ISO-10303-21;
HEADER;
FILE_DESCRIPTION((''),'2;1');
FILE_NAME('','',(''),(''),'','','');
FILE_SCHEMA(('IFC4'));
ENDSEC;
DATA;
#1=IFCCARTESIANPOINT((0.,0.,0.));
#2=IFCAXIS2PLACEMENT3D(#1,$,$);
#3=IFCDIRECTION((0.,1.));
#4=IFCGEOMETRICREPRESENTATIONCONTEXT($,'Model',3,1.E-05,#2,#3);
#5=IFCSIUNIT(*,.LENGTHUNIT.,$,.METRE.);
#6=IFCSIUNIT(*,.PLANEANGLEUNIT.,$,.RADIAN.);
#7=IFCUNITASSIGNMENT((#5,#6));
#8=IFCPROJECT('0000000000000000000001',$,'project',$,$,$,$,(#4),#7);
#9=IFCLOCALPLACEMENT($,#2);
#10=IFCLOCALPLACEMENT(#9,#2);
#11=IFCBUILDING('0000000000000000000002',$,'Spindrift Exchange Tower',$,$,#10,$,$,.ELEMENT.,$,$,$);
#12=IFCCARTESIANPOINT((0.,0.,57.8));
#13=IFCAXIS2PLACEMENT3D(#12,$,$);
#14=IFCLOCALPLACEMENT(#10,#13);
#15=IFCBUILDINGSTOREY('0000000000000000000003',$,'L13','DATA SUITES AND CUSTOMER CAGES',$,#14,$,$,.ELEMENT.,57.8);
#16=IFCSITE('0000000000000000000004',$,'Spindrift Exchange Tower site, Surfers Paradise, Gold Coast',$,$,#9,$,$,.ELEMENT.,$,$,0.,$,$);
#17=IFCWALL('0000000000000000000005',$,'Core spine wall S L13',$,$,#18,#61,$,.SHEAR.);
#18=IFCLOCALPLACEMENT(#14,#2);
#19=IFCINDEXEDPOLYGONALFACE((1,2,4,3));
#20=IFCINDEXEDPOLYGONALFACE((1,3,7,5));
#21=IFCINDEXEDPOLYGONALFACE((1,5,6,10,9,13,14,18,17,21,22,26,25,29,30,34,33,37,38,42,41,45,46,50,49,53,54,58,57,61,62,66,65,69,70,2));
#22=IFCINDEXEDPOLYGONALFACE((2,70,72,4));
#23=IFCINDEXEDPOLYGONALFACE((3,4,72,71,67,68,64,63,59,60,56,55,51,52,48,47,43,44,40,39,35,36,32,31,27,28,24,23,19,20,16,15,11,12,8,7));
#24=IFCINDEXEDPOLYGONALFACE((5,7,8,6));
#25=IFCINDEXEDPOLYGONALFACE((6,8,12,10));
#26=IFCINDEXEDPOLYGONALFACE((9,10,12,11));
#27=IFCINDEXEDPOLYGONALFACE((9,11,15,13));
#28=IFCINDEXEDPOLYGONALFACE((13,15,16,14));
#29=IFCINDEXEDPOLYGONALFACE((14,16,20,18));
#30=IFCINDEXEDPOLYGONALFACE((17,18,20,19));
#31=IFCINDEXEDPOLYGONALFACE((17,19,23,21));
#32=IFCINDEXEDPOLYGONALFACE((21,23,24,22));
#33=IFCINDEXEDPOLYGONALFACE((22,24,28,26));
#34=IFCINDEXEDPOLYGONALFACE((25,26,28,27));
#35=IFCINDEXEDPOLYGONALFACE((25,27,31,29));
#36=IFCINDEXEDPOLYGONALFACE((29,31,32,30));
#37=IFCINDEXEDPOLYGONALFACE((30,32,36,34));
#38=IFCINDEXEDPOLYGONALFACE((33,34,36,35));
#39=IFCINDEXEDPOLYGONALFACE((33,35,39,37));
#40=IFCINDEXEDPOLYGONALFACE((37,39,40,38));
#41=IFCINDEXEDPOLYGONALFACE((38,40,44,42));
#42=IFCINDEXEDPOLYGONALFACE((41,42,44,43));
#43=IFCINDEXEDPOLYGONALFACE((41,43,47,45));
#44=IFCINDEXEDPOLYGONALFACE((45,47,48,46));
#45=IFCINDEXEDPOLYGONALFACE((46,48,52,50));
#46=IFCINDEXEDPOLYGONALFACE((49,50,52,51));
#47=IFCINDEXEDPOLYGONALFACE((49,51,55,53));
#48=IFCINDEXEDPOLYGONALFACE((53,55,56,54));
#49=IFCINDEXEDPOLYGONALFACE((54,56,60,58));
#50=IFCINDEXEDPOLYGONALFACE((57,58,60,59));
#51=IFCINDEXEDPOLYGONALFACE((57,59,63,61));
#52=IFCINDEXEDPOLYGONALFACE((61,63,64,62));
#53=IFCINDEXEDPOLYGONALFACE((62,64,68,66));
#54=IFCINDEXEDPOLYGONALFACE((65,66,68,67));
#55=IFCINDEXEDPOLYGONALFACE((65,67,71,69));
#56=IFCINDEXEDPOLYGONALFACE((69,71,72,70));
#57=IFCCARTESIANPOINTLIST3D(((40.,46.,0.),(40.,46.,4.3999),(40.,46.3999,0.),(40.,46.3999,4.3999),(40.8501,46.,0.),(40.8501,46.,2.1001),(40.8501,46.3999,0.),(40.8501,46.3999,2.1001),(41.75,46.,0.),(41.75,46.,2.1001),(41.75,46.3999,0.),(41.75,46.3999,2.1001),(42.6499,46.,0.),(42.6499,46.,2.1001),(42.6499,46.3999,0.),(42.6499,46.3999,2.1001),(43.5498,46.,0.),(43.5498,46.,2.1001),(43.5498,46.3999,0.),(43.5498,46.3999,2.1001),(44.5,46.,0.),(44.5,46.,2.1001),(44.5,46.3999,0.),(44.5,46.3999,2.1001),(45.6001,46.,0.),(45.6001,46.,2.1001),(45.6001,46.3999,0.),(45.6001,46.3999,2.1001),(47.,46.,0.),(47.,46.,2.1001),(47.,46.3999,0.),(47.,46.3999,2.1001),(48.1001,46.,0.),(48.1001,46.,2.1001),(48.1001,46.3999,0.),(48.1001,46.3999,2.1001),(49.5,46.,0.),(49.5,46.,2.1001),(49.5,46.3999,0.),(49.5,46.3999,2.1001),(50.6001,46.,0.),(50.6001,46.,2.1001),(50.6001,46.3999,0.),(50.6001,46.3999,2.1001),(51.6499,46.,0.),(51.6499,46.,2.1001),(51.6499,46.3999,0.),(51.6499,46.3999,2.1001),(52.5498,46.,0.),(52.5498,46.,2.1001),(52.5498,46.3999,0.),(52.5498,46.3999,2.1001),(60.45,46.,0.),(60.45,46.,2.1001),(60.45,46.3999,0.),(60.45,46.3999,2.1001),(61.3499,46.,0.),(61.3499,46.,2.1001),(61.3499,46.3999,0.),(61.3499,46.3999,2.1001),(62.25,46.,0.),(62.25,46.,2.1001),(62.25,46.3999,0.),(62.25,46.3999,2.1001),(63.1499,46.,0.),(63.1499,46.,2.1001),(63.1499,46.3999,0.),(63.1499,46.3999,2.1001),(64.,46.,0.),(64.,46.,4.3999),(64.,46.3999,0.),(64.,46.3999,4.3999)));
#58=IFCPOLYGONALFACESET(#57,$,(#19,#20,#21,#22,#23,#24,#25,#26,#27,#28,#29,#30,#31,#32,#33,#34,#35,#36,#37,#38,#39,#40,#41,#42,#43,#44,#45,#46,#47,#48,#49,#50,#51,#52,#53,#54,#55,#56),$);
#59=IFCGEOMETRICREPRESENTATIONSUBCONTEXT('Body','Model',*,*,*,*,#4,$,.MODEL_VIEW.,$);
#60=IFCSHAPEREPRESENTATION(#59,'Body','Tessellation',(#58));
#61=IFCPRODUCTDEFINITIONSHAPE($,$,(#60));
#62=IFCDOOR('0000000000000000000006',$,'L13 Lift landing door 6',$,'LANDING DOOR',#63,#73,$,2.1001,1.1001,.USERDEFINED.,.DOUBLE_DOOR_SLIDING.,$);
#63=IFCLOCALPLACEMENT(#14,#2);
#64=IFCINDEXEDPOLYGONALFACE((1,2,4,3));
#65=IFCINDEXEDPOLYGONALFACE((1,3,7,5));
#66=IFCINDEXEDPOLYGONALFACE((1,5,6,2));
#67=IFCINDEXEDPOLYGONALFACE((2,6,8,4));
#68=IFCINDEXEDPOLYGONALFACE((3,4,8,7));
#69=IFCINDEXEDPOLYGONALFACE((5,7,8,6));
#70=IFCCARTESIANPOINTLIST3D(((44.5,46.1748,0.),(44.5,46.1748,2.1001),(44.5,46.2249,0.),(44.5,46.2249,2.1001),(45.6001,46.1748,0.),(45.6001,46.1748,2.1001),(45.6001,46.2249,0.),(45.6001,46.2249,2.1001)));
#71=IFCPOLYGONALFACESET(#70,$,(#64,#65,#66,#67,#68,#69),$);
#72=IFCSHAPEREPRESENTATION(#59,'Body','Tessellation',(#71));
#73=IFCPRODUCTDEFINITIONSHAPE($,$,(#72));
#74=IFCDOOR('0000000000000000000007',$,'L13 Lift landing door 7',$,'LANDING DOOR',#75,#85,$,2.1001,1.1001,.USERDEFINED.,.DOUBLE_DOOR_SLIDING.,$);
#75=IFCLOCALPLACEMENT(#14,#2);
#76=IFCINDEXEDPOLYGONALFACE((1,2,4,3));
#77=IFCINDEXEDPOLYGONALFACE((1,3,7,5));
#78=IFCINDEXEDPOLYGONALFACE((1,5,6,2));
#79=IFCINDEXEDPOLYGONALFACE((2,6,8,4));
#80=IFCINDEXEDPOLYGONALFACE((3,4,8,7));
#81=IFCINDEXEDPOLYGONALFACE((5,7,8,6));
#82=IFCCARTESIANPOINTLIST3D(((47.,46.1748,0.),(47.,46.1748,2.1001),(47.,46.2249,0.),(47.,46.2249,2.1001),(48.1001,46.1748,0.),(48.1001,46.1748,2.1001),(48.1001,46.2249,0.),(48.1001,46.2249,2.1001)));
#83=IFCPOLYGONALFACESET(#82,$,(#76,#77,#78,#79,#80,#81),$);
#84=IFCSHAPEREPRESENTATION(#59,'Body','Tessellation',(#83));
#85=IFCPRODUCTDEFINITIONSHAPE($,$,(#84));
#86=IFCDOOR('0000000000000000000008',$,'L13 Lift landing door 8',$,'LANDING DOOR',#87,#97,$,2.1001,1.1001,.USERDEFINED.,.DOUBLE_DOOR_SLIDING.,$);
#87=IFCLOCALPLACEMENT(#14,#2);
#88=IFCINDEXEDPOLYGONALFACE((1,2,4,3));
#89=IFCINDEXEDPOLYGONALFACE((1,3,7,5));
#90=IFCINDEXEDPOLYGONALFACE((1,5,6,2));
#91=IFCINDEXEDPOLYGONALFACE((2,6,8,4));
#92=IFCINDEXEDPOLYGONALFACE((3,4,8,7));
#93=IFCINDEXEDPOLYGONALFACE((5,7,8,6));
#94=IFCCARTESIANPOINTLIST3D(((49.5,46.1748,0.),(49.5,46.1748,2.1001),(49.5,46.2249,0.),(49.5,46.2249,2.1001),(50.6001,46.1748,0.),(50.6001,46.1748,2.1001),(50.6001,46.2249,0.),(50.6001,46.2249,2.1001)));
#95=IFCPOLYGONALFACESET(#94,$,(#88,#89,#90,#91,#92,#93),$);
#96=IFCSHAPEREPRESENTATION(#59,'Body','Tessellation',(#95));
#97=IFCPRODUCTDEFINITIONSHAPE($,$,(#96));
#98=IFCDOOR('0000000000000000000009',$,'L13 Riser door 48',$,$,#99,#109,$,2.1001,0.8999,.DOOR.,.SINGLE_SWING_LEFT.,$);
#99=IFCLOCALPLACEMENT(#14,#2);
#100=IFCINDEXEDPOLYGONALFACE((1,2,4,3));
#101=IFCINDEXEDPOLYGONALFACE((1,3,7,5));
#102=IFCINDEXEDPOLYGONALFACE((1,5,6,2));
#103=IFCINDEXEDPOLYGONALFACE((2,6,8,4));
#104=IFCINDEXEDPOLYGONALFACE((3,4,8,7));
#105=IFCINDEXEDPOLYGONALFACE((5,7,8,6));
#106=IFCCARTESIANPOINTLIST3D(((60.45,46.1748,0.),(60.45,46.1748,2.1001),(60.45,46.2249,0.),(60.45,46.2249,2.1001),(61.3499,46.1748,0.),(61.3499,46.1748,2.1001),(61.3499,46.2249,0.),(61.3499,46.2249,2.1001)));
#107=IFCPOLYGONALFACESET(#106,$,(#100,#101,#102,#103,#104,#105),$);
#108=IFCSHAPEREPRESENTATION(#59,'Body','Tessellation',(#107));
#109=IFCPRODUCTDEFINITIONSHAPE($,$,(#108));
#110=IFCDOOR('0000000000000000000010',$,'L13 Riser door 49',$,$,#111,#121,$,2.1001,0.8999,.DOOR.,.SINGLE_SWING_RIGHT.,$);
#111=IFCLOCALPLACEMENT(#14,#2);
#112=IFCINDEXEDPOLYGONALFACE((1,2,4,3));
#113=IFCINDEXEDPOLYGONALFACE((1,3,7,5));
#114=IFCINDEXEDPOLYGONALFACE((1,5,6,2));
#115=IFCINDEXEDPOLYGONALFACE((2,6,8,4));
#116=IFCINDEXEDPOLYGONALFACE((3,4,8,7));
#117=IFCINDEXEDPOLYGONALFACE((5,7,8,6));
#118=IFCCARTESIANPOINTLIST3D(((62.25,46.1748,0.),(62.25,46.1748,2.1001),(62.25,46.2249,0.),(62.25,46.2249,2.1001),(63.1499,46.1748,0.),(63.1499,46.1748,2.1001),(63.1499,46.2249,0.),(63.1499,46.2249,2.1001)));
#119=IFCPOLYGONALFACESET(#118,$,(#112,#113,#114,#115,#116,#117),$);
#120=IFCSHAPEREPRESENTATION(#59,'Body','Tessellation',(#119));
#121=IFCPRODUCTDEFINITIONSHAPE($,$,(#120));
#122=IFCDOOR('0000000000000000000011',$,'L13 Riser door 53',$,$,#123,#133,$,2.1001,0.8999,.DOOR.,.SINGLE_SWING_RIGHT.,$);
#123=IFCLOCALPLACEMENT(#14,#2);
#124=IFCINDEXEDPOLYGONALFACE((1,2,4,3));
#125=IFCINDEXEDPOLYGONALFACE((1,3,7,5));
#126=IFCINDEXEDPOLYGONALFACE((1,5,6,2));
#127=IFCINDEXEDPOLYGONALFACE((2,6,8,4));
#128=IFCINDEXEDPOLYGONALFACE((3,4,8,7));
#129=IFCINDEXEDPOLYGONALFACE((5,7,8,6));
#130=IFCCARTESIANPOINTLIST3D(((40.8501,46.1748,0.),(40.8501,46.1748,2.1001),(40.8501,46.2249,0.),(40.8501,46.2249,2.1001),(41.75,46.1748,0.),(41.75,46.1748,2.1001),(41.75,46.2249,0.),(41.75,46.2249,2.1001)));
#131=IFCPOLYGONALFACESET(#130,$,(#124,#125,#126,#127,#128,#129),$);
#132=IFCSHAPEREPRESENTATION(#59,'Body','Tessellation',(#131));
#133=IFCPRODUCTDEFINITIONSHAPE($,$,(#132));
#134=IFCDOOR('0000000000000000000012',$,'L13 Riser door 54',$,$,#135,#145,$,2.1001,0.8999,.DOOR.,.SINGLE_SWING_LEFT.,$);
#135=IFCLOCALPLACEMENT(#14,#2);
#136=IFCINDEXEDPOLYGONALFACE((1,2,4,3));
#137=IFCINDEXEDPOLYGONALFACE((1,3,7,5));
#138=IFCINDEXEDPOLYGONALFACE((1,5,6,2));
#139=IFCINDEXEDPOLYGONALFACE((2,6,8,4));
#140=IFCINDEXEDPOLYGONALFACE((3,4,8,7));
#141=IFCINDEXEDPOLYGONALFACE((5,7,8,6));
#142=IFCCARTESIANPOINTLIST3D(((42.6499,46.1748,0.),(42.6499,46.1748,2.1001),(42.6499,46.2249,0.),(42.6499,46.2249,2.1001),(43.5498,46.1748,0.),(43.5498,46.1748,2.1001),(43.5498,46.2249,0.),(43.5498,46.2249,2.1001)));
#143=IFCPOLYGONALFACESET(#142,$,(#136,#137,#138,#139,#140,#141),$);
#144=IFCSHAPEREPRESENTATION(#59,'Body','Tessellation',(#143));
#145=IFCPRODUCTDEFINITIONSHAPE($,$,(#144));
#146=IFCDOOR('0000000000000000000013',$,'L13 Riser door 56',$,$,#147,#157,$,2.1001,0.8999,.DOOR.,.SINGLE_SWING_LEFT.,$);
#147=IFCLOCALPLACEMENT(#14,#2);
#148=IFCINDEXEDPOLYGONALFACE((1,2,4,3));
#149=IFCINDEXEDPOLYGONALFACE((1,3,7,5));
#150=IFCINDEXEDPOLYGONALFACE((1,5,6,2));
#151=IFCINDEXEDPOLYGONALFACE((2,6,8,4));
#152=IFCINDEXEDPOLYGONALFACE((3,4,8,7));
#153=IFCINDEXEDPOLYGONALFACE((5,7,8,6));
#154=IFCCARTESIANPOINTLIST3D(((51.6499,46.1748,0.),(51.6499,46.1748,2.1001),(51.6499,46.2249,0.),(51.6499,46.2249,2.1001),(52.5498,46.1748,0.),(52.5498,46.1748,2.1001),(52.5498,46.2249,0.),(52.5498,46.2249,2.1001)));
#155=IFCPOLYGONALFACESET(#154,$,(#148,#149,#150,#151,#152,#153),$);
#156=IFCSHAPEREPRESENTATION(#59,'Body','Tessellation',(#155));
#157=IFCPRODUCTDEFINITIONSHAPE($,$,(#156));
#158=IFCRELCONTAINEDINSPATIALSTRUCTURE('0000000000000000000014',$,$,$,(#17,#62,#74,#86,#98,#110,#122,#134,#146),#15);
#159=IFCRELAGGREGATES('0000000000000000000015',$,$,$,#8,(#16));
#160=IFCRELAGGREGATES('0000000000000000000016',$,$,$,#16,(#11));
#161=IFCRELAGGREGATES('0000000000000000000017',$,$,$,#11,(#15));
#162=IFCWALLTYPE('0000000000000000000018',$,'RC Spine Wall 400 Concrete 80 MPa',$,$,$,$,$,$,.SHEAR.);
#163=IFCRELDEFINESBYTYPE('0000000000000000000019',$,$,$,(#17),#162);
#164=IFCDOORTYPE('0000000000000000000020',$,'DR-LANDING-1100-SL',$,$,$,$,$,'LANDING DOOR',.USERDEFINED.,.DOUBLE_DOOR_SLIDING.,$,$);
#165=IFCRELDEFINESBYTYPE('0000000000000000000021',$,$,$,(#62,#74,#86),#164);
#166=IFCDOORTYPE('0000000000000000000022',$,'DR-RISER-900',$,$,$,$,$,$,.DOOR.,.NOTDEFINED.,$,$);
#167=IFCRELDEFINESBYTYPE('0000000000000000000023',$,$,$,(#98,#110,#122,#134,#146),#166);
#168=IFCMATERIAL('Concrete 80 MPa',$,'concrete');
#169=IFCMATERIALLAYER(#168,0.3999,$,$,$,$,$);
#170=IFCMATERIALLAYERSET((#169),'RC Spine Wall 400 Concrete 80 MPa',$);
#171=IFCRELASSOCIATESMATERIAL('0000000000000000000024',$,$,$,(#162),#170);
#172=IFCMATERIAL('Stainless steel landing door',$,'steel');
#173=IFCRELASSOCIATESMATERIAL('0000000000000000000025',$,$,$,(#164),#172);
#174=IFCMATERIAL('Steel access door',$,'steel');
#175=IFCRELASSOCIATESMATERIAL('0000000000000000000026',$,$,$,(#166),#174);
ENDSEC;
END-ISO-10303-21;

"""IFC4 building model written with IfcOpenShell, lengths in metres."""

from ifc_helpers import new_model, si_unit, direction, frame, frame_2d, origin, place, context, subcontext, project, spatial, rectangle, extrude, source, transform, mapped, material, layer, layer_set, type_object, element, fill, save


model = new_model("IFC4")

# Units and contexts
model_context = context("Model", 3, precision=1e-05, world=origin(), true_north=direction((0.0, 1.0)))
body_context = subcontext(model_context, "Body", "Model", "MODEL_VIEW")
ifc_project = project(units=[si_unit("LENGTHUNIT", "METRE"), si_unit("PLANEANGLEUNIT", "RADIAN")], contexts=[model_context])

# Site, building, storey
site_placement = place(None, origin())
site = spatial("IfcSite", under=ifc_project, at=site_placement, Name="Spindrift Exchange Tower site, Surfers Paradise, Gold Coast", CompositionType="ELEMENT", RefElevation=0.0)
building_placement = place(site_placement, origin())
building = spatial("IfcBuilding", under=site, at=building_placement, Name="Spindrift Exchange Tower", CompositionType="ELEMENT")
storey_placement = place(building_placement, frame((0.0, 0.0, 57.8)))
storey = spatial("IfcBuildingStorey", under=building, at=storey_placement, Name="L13", Description="DATA SUITES AND CUSTOMER CAGES", CompositionType="ELEMENT", Elevation=57.8)

# Wall, openings, doors
ifc_material_1 = material(Name="Concrete 80 MPa", Category="concrete")
ifc_layer_1 = layer(ifc_material_1, 0.3999)
ifc_layer_set_1 = layer_set([ifc_layer_1], Name="RC Spine Wall 400 Concrete 80 MPa")
wall_type_1 = type_object("IfcWallType", Name="RC Spine Wall 400 Concrete 80 MPa", PredefinedType="SHEAR", material=ifc_layer_set_1)
ifc_material_2 = material(Name="Stainless steel landing door", Category="steel")
door_type_1 = type_object("IfcDoorType", Name="DR-LANDING-1100-SL", ElementType="LANDING DOOR", OperationType="DOUBLE_DOOR_SLIDING", PredefinedType="USERDEFINED", material=ifc_material_2)
shared_shape_1 = source(origin(), body_context, "Body", "SweptSolid", [
    extrude(rectangle(XDim=1.1001, YDim=2.1001, at=frame_2d((0.55, 1.05))), frame((0.0, 0.0249, 0.0), z_axis=(0.0, -1.0, 0.0), x_axis=(1.0, 0.0, 0.0)), (0.0, 0.0, 1.0), 0.05),
])
ifc_material_3 = material(Name="Steel access door", Category="steel")
door_type_2 = type_object("IfcDoorType", Name="DR-RISER-900", OperationType="NOTDEFINED", PredefinedType="DOOR", material=ifc_material_3)
shared_shape_2 = source(origin(), body_context, "Body", "SweptSolid", [
    extrude(rectangle(XDim=0.8999, YDim=2.1001, at=frame_2d((0.45, 1.05))), frame((0.0, 0.0249, 0.0), z_axis=(0.0, -1.0, 0.0), x_axis=(1.0, 0.0, 0.0)), (0.0, 0.0, 1.0), 0.05),
])
wall_1_placement = place(storey_placement, frame((40.0, 46.2, 0.0), z_axis=(0.0, 0.0, 1.0), x_axis=(1.0, 0.0, 0.0)))
wall_1 = element("IfcWall", 1, at=wall_1_placement, inside=storey, type_object=wall_type_1, Name="Core spine wall S L13", PredefinedType="SHEAR", context=body_context, shape_type="SweptSolid", body=[
    extrude(rectangle(XDim=24.0, YDim=0.3999, at=frame_2d((12.0, 0.0))), origin(), (0.0, 0.0, 1.0), 4.3999),
])
opening_1_placement = place(wall_1_placement, frame((4.5, 0.0, 0.0)))
opening_1 = element("IfcOpeningElement", 2, at=opening_1_placement, cuts=wall_1, PredefinedType="OPENING", context=body_context, shape_type="SweptSolid", body=[
    extrude(rectangle(XDim=1.1001, YDim=2.1001, at=frame_2d((0.55, 1.05))), frame((0.0, 0.21, 0.0), z_axis=(0.0, -1.0, 0.0), x_axis=(1.0, 0.0, 0.0)), (0.0, 0.0, 1.0), 0.4199),
])
opening_2_placement = place(wall_1_placement, frame((7.0, 0.0, 0.0)))
opening_2 = element("IfcOpeningElement", 3, at=opening_2_placement, cuts=wall_1, PredefinedType="OPENING", context=body_context, shape_type="SweptSolid", body=[
    extrude(rectangle(XDim=1.1001, YDim=2.1001, at=frame_2d((0.55, 1.05))), frame((0.0, 0.21, 0.0), z_axis=(0.0, -1.0, 0.0), x_axis=(1.0, 0.0, 0.0)), (0.0, 0.0, 1.0), 0.4199),
])
opening_3_placement = place(wall_1_placement, frame((9.5, 0.0, 0.0)))
opening_3 = element("IfcOpeningElement", 4, at=opening_3_placement, cuts=wall_1, PredefinedType="OPENING", context=body_context, shape_type="SweptSolid", body=[
    extrude(rectangle(XDim=1.1001, YDim=2.1001, at=frame_2d((0.55, 1.05))), frame((0.0, 0.21, 0.0), z_axis=(0.0, -1.0, 0.0), x_axis=(1.0, 0.0, 0.0)), (0.0, 0.0, 1.0), 0.4199),
])
opening_4_placement = place(wall_1_placement, frame((20.45, 0.0, 0.0)))
opening_4 = element("IfcOpeningElement", 5, at=opening_4_placement, cuts=wall_1, PredefinedType="OPENING", context=body_context, shape_type="SweptSolid", body=[
    extrude(rectangle(XDim=0.8999, YDim=2.1001, at=frame_2d((0.45, 1.05))), frame((0.0, 0.21, 0.0), z_axis=(0.0, -1.0, 0.0), x_axis=(1.0, 0.0, 0.0)), (0.0, 0.0, 1.0), 0.4199),
])
opening_5_placement = place(wall_1_placement, frame((22.25, 0.0, 0.0)))
opening_5 = element("IfcOpeningElement", 6, at=opening_5_placement, cuts=wall_1, PredefinedType="OPENING", context=body_context, shape_type="SweptSolid", body=[
    extrude(rectangle(XDim=0.8999, YDim=2.1001, at=frame_2d((0.45, 1.05))), frame((0.0, 0.21, 0.0), z_axis=(0.0, -1.0, 0.0), x_axis=(1.0, 0.0, 0.0)), (0.0, 0.0, 1.0), 0.4199),
])
opening_6_placement = place(wall_1_placement, frame((0.8501, 0.0, 0.0)))
opening_6 = element("IfcOpeningElement", 7, at=opening_6_placement, cuts=wall_1, PredefinedType="OPENING", context=body_context, shape_type="SweptSolid", body=[
    extrude(rectangle(XDim=0.8999, YDim=2.1001, at=frame_2d((0.45, 1.05))), frame((0.0, 0.21, 0.0), z_axis=(0.0, -1.0, 0.0), x_axis=(1.0, 0.0, 0.0)), (0.0, 0.0, 1.0), 0.4199),
])
opening_7_placement = place(wall_1_placement, frame((2.6499, 0.0, 0.0)))
opening_7 = element("IfcOpeningElement", 8, at=opening_7_placement, cuts=wall_1, PredefinedType="OPENING", context=body_context, shape_type="SweptSolid", body=[
    extrude(rectangle(XDim=0.8999, YDim=2.1001, at=frame_2d((0.45, 1.05))), frame((0.0, 0.21, 0.0), z_axis=(0.0, -1.0, 0.0), x_axis=(1.0, 0.0, 0.0)), (0.0, 0.0, 1.0), 0.4199),
])
opening_8_placement = place(wall_1_placement, frame((11.6499, 0.0, 0.0)))
opening_8 = element("IfcOpeningElement", 9, at=opening_8_placement, cuts=wall_1, PredefinedType="OPENING", context=body_context, shape_type="SweptSolid", body=[
    extrude(rectangle(XDim=0.8999, YDim=2.1001, at=frame_2d((0.45, 1.05))), frame((0.0, 0.21, 0.0), z_axis=(0.0, -1.0, 0.0), x_axis=(1.0, 0.0, 0.0)), (0.0, 0.0, 1.0), 0.4199),
])
door_1_placement = place(opening_1_placement, origin())
door_1 = element("IfcDoor", 10, at=door_1_placement, inside=storey, type_object=door_type_1, Name="L13 Lift landing door 6", ObjectType="LANDING DOOR", OperationType="DOUBLE_DOOR_SLIDING", OverallHeight=2.1001, OverallWidth=1.1001, PredefinedType="USERDEFINED", context=body_context, shape_type="MappedRepresentation", body=[
    mapped(shared_shape_1, transform((0.0, 0.0, 0.0), scale=1.0)),
])
fill(opening_1, door_1)
door_2_placement = place(opening_2_placement, origin())
door_2 = element("IfcDoor", 11, at=door_2_placement, inside=storey, type_object=door_type_1, Name="L13 Lift landing door 7", ObjectType="LANDING DOOR", OperationType="DOUBLE_DOOR_SLIDING", OverallHeight=2.1001, OverallWidth=1.1001, PredefinedType="USERDEFINED", context=body_context, shape_type="MappedRepresentation", body=[
    mapped(shared_shape_1, transform((0.0, 0.0, 0.0), scale=1.0)),
])
fill(opening_2, door_2)
door_3_placement = place(opening_3_placement, origin())
door_3 = element("IfcDoor", 12, at=door_3_placement, inside=storey, type_object=door_type_1, Name="L13 Lift landing door 8", ObjectType="LANDING DOOR", OperationType="DOUBLE_DOOR_SLIDING", OverallHeight=2.1001, OverallWidth=1.1001, PredefinedType="USERDEFINED", context=body_context, shape_type="MappedRepresentation", body=[
    mapped(shared_shape_1, transform((0.0, 0.0, 0.0), scale=1.0)),
])
fill(opening_3, door_3)
door_4_placement = place(opening_4_placement, origin())
door_4 = element("IfcDoor", 13, at=door_4_placement, inside=storey, type_object=door_type_2, Name="L13 Riser door 48", OperationType="SINGLE_SWING_LEFT", OverallHeight=2.1001, OverallWidth=0.8999, PredefinedType="DOOR", context=body_context, shape_type="MappedRepresentation", body=[
    mapped(shared_shape_2, transform((0.0, 0.0, 0.0), scale=1.0)),
])
fill(opening_4, door_4)
door_5_placement = place(opening_5_placement, origin())
door_5 = element("IfcDoor", 14, at=door_5_placement, inside=storey, type_object=door_type_2, Name="L13 Riser door 49", OperationType="SINGLE_SWING_RIGHT", OverallHeight=2.1001, OverallWidth=0.8999, PredefinedType="DOOR", context=body_context, shape_type="MappedRepresentation", body=[
    mapped(shared_shape_2, transform((0.0, 0.0, 0.0), scale=1.0)),
])
fill(opening_5, door_5)
door_6_placement = place(opening_6_placement, origin())
door_6 = element("IfcDoor", 15, at=door_6_placement, inside=storey, type_object=door_type_2, Name="L13 Riser door 53", OperationType="SINGLE_SWING_RIGHT", OverallHeight=2.1001, OverallWidth=0.8999, PredefinedType="DOOR", context=body_context, shape_type="MappedRepresentation", body=[
    mapped(shared_shape_2, transform((0.0, 0.0, 0.0), scale=1.0)),
])
fill(opening_6, door_6)
door_7_placement = place(opening_7_placement, origin())
door_7 = element("IfcDoor", 16, at=door_7_placement, inside=storey, type_object=door_type_2, Name="L13 Riser door 54", OperationType="SINGLE_SWING_LEFT", OverallHeight=2.1001, OverallWidth=0.8999, PredefinedType="DOOR", context=body_context, shape_type="MappedRepresentation", body=[
    mapped(shared_shape_2, transform((0.0, 0.0, 0.0), scale=1.0)),
])
fill(opening_7, door_7)
door_8_placement = place(opening_8_placement, origin())
door_8 = element("IfcDoor", 17, at=door_8_placement, inside=storey, type_object=door_type_2, Name="L13 Riser door 56", OperationType="SINGLE_SWING_LEFT", OverallHeight=2.1001, OverallWidth=0.8999, PredefinedType="DOOR", context=body_context, shape_type="MappedRepresentation", body=[
    mapped(shared_shape_2, transform((0.0, 0.0, 0.0), scale=1.0)),
])
fill(opening_8, door_8)

save(model, "model.ifc")
